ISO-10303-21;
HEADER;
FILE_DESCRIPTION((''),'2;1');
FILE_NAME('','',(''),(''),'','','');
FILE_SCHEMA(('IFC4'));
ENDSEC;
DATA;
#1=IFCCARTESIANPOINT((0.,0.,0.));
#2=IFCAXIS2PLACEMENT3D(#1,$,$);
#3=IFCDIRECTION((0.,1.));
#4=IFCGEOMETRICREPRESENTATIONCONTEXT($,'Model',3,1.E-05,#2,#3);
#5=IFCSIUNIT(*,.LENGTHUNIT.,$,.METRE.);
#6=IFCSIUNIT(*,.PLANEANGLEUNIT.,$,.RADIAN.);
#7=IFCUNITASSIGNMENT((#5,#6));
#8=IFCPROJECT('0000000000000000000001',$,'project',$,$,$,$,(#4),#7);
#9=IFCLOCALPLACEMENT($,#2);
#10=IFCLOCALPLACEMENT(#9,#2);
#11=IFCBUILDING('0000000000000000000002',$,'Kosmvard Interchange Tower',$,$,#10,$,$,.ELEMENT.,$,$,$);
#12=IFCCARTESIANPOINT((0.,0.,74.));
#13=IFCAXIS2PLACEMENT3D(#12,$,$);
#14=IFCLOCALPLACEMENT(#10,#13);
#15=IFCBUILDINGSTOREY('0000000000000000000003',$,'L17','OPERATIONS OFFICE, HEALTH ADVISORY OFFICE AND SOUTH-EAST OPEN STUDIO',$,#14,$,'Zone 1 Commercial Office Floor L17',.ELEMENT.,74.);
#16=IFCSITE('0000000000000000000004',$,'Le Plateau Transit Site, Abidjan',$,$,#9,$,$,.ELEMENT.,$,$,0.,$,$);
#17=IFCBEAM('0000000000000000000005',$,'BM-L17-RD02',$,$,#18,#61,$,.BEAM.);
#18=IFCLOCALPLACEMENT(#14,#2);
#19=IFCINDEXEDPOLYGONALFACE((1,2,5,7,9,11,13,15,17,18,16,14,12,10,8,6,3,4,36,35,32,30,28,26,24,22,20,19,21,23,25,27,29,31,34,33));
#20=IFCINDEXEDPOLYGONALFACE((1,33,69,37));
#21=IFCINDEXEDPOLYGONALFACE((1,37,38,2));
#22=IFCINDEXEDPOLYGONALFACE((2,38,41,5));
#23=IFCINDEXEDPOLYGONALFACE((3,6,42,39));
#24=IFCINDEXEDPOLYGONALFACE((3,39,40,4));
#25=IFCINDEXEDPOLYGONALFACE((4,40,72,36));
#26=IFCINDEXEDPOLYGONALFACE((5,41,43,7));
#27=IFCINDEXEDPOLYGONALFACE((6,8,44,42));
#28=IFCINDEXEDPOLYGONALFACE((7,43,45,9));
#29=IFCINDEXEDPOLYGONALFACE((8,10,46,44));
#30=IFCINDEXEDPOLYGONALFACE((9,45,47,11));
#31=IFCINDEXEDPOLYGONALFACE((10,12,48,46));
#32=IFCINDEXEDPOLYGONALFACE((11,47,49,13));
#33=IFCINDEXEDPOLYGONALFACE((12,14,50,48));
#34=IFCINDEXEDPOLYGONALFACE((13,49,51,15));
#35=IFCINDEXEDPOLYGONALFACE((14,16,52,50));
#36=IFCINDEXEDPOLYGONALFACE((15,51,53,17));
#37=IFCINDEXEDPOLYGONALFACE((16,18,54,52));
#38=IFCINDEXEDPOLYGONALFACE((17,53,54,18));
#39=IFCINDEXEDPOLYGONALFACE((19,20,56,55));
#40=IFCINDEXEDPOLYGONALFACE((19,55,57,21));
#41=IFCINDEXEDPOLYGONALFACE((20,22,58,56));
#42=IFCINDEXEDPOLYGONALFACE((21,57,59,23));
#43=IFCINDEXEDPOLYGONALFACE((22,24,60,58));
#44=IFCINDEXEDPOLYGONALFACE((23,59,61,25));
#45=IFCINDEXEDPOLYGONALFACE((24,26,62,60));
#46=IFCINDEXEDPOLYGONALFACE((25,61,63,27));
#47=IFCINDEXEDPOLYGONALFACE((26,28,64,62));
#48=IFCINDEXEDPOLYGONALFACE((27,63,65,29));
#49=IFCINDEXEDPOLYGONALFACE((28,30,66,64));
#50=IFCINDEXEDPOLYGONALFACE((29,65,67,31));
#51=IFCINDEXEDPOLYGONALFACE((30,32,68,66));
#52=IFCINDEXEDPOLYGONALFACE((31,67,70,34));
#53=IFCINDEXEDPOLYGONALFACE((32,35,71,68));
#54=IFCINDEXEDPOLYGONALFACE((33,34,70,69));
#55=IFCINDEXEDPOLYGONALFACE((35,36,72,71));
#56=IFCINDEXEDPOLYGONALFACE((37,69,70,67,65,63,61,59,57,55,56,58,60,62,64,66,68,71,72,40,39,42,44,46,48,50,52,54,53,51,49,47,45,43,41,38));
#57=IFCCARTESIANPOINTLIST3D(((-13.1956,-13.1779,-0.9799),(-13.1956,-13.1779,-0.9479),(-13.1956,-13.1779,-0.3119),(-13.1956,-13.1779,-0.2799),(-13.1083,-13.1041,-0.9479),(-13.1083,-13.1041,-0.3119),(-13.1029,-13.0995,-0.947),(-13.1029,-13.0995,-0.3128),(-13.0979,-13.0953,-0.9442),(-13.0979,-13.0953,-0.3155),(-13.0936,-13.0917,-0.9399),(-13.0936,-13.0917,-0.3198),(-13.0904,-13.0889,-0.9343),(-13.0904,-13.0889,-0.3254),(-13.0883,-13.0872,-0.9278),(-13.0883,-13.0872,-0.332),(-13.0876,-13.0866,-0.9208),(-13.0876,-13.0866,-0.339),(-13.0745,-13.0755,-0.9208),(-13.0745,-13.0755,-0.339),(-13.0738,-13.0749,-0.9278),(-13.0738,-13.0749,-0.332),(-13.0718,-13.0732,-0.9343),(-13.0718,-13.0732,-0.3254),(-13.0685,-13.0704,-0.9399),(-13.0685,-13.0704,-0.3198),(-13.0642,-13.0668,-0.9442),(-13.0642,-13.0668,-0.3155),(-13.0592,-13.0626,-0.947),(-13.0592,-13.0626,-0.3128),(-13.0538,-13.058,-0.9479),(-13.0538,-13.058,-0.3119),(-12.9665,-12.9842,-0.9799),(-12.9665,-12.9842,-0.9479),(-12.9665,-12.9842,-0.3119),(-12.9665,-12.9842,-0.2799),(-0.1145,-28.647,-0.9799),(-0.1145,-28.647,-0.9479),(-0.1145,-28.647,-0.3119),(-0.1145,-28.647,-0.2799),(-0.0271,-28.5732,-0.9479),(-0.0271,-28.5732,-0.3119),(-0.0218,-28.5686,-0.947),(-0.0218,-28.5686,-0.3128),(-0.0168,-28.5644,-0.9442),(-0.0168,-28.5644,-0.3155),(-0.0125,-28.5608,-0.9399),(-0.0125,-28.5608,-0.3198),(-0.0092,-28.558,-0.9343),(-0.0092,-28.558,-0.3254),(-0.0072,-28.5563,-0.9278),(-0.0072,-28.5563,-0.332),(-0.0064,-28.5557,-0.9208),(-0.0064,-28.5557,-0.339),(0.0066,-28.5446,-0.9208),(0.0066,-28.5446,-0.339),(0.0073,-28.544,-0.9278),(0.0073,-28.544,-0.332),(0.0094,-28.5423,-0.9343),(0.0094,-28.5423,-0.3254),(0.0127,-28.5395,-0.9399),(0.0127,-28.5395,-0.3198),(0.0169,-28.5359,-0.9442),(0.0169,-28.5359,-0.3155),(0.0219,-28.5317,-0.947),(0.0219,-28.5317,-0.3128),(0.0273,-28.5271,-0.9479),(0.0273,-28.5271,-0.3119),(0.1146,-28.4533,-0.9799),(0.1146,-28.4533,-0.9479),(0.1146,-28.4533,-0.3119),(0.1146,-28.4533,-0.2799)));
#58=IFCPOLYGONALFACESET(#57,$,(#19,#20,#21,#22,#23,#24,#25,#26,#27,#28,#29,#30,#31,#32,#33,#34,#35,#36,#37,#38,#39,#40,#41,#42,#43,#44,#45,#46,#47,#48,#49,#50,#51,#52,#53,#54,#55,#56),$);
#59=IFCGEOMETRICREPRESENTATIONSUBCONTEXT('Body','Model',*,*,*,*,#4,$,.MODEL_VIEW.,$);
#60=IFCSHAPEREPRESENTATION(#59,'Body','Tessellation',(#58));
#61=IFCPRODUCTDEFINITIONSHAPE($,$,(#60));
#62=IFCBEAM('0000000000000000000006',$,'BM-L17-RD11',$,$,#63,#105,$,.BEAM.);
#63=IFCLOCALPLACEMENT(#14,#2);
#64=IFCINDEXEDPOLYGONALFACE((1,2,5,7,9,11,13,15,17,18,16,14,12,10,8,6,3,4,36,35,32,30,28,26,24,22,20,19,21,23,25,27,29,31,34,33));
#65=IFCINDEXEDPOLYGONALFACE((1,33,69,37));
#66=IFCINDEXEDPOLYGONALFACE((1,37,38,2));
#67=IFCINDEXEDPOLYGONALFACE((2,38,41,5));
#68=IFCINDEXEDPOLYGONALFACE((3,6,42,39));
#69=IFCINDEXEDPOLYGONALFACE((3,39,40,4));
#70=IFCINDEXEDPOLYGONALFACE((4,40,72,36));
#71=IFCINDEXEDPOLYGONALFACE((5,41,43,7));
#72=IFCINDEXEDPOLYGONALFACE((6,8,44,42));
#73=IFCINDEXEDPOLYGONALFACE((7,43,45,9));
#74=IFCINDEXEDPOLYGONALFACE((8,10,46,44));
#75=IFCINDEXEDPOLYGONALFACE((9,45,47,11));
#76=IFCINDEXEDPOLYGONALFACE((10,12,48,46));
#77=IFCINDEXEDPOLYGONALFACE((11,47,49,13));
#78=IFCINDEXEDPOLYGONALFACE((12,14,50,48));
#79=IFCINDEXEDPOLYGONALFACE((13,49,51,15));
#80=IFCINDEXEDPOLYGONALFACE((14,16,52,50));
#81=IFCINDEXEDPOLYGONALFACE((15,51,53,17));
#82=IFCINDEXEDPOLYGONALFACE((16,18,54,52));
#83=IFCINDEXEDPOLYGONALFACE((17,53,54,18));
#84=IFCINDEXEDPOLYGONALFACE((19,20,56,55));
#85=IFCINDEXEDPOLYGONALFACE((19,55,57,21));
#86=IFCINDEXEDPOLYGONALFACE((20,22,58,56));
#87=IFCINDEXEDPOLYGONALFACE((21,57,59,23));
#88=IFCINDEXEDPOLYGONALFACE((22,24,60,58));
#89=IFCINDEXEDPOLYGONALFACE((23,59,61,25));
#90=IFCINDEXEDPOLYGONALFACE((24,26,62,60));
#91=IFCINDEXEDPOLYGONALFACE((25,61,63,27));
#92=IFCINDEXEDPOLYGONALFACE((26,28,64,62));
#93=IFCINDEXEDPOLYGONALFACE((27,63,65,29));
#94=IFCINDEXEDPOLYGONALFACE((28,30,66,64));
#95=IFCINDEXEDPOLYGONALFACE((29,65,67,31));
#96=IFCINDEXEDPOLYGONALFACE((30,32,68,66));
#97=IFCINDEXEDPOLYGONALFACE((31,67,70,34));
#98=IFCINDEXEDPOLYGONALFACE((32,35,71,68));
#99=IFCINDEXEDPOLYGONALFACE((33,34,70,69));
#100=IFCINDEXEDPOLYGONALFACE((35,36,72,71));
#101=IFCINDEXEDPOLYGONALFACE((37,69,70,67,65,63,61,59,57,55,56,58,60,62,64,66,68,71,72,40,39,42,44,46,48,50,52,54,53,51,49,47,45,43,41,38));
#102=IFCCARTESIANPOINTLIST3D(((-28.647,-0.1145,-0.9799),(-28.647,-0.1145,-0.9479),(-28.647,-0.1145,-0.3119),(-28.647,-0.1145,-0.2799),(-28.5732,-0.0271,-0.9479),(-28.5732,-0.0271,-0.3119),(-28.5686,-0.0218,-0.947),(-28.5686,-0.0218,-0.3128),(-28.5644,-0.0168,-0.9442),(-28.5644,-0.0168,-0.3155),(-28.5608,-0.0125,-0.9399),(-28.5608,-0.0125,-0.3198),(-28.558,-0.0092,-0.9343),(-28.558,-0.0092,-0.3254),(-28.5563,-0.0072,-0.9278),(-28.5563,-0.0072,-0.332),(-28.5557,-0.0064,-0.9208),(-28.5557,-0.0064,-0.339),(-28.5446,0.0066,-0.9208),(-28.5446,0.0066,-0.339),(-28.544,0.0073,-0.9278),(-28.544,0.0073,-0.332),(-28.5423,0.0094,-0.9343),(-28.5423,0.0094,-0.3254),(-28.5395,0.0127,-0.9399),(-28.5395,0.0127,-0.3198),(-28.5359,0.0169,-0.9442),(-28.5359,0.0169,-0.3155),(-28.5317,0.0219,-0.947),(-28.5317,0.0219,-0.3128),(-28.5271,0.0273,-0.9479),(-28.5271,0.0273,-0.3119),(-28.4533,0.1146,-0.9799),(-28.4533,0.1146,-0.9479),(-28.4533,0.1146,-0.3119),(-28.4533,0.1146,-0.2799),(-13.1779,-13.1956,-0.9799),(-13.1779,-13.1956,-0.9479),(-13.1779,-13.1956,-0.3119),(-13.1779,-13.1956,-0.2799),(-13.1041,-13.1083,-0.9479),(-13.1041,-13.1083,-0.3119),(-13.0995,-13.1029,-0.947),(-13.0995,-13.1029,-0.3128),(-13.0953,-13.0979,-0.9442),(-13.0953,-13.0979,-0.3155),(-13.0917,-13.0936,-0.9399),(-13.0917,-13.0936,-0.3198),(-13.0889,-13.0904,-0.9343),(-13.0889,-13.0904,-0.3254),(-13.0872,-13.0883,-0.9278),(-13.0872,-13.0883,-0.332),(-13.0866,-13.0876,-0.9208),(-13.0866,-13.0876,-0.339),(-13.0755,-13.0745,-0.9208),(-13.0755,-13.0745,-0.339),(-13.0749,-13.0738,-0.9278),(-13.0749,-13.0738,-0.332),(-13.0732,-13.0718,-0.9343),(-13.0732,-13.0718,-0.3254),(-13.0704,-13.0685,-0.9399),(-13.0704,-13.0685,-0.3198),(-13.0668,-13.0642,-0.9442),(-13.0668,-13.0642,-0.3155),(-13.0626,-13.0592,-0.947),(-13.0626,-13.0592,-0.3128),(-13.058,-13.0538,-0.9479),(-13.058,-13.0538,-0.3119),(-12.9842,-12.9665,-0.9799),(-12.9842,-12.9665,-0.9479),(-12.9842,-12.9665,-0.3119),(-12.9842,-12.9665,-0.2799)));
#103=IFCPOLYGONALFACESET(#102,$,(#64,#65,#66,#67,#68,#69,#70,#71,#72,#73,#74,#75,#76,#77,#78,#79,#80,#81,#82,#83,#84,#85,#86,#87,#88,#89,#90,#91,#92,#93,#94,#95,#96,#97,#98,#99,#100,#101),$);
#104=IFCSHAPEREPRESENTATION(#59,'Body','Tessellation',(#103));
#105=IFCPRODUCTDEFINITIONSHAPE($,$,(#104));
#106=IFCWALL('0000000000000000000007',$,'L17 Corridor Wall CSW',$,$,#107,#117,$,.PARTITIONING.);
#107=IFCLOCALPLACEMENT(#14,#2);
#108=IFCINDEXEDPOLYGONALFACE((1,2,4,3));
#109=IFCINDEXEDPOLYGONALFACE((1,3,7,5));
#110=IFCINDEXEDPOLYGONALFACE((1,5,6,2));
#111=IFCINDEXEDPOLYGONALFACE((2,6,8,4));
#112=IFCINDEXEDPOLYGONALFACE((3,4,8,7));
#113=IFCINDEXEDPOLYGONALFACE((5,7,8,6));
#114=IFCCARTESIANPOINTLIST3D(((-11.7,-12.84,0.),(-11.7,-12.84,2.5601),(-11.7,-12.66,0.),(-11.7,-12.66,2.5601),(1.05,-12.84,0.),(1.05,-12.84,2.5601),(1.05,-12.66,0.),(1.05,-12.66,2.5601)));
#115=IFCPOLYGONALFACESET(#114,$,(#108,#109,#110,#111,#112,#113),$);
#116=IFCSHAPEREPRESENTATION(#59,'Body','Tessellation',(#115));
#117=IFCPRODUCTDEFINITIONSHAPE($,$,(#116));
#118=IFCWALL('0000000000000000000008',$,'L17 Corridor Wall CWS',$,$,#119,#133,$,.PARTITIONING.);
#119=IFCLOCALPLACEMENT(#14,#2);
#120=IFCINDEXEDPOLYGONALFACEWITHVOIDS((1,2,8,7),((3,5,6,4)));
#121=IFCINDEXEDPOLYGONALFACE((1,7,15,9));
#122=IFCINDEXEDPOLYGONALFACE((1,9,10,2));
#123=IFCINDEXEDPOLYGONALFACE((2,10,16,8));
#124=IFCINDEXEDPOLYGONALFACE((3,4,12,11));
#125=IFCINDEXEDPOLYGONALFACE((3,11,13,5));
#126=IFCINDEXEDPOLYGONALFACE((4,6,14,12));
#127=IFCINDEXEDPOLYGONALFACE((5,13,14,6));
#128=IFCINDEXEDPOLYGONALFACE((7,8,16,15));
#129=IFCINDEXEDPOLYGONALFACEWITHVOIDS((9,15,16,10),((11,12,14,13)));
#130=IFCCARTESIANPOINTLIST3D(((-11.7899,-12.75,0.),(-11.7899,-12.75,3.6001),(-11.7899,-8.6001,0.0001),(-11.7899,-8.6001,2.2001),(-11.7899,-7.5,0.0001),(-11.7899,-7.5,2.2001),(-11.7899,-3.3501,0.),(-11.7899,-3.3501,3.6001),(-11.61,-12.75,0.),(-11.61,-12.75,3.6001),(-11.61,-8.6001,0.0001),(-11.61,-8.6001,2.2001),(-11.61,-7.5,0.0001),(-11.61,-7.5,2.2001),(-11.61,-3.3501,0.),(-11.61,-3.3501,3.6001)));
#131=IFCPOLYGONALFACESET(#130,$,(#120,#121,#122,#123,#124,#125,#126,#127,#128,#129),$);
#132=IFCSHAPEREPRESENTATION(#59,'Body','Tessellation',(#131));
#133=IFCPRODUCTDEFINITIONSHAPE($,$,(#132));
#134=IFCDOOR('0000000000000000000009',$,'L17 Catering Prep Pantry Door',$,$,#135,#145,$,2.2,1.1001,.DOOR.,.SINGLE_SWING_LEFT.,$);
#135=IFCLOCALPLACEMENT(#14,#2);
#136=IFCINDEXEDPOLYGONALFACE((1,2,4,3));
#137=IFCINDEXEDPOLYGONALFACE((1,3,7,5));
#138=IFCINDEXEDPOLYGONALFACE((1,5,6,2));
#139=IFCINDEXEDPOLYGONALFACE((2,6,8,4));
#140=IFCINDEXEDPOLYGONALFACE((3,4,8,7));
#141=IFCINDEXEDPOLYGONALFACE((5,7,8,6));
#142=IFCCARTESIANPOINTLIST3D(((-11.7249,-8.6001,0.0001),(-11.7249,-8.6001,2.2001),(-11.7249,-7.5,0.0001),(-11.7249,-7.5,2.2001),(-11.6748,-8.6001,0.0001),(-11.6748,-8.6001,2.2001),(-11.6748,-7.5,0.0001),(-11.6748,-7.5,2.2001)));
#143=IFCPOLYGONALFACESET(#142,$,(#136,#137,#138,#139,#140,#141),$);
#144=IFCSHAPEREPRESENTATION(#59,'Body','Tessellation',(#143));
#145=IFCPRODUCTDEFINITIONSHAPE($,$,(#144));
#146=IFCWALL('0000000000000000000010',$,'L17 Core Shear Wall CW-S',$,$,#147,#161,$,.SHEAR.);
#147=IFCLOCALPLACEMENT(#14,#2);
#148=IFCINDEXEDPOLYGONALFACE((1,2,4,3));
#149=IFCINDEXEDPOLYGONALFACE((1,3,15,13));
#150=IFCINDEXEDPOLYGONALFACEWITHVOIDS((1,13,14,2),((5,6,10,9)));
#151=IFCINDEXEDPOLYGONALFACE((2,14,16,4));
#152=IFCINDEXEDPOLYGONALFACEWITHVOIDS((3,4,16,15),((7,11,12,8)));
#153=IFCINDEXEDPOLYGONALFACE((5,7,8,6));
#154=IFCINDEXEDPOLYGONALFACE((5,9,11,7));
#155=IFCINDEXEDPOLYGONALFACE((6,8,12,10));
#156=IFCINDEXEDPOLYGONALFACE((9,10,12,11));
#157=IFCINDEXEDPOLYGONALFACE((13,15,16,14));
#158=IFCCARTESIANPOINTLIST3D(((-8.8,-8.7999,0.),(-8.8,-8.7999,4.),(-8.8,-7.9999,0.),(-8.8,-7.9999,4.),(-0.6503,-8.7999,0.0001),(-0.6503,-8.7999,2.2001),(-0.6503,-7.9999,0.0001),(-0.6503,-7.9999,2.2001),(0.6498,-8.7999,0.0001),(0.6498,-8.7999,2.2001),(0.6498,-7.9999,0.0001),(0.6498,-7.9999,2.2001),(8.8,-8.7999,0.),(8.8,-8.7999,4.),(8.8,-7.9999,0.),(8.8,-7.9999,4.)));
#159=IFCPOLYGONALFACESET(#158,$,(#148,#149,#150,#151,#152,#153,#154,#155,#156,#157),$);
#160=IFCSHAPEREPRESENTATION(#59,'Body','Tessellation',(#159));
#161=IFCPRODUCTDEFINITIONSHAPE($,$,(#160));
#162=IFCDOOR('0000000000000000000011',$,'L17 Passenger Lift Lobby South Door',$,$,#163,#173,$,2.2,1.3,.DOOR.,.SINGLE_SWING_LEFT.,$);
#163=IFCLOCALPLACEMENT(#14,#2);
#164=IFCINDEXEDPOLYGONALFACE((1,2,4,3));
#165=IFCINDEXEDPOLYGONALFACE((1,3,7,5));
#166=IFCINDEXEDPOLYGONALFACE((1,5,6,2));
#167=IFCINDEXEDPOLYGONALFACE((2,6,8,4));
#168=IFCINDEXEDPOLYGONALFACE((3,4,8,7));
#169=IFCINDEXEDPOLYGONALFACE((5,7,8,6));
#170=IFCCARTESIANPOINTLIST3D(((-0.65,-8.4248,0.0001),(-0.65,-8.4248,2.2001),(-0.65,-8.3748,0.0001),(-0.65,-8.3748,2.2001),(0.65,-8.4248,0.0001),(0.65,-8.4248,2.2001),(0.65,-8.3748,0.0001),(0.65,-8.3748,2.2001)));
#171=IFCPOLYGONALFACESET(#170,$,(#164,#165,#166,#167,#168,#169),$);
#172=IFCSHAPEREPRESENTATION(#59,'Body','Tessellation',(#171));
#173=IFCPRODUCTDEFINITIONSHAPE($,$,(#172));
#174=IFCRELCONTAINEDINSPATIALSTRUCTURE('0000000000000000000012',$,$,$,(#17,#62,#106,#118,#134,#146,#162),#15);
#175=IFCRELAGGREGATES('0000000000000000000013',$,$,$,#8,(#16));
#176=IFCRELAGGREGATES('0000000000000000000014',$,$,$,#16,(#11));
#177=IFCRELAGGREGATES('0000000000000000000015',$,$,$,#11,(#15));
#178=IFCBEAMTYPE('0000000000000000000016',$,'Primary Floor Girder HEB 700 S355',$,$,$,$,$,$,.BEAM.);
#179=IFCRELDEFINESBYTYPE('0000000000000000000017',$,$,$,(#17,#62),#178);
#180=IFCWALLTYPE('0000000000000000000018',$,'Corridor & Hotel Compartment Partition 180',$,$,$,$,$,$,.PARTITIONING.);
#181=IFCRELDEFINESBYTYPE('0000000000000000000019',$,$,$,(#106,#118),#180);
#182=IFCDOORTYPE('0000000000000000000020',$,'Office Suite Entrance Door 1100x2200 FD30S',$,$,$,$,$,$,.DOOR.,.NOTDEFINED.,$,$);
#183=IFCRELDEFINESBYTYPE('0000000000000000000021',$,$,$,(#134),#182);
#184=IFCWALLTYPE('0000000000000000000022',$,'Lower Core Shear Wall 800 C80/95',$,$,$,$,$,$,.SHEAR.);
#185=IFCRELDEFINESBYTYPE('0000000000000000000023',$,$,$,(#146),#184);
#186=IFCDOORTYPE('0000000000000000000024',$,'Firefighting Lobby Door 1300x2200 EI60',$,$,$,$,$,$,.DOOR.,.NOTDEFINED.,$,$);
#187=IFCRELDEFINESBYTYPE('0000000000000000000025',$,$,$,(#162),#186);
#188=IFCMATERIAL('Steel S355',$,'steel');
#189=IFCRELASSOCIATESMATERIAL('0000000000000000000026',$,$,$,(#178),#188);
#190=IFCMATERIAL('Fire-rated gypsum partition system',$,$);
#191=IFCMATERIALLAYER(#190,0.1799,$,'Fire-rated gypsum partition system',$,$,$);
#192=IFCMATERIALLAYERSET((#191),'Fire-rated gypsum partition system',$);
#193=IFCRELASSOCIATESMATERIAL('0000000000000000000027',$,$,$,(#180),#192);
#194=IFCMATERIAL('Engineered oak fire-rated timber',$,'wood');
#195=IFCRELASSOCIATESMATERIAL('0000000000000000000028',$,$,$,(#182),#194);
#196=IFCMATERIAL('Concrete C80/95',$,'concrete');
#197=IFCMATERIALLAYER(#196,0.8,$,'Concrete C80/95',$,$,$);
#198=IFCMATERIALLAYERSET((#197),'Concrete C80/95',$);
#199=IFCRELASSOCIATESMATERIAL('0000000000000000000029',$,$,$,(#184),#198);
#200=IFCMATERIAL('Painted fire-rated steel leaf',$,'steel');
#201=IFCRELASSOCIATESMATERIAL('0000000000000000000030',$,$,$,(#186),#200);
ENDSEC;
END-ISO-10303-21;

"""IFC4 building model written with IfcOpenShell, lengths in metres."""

from ifc_helpers import new_model, si_unit, direction, frame, frame_2d, origin, origin_2d, place, context, subcontext, project, spatial, rectangle, i_section, extrude, source, transform, mapped, material, layer, layer_set, material_profile, profile_set, type_object, element, fill, save


model = new_model("IFC4")

# Units and contexts
model_context = context("Model", 3, precision=1e-05, world=origin(), true_north=direction((0.0, 1.0)))
body_context = subcontext(model_context, "Body", "Model", "MODEL_VIEW")
ifc_project = project(units=[si_unit("LENGTHUNIT", "METRE"), si_unit("PLANEANGLEUNIT", "RADIAN")], contexts=[model_context])

# Site, building, storey
site_placement = place(None, origin())
site = spatial("IfcSite", under=ifc_project, at=site_placement, Name="Le Plateau Transit Site, Abidjan", CompositionType="ELEMENT", RefElevation=0.0)
building_placement = place(site_placement, origin())
building = spatial("IfcBuilding", under=site, at=building_placement, Name="Kosmvard Interchange Tower", CompositionType="ELEMENT")
storey_placement = place(building_placement, frame((0.0, 0.0, 74.0)))
storey = spatial("IfcBuildingStorey", under=building, at=storey_placement, Name="L17", Description="OPERATIONS OFFICE, HEALTH ADVISORY OFFICE AND SOUTH-EAST OPEN STUDIO", LongName="Zone 1 Commercial Office Floor L17", CompositionType="ELEMENT", Elevation=74.0)

# Shared definitions
ifc_material_1 = material(Name="Concrete C80/95", Category="concrete")

# Beams
ifc_material_2 = material(Name="Steel S355", Category="steel")
ifc_material_profile_1 = material_profile(ifc_material_2, i_section(OverallWidth=0.3, OverallDepth=0.7, WebThickness=0.0171, FlangeThickness=0.032, FilletRadius=0.0271, at=origin_2d()), Name="HEB 700")
ifc_profile_set_1 = profile_set([ifc_material_profile_1], Name="Steel S355")
beam_type_1 = type_object("IfcBeamType", Name="Primary Floor Girder HEB 700 S355", PredefinedType="BEAM", material=ifc_profile_set_1)
shared_shape_1 = source(origin(), body_context, "Body", "SweptSolid", [
    extrude(i_section(OverallWidth=0.3, OverallDepth=0.7, WebThickness=0.0171, FlangeThickness=0.032, FilletRadius=0.0271, at=origin_2d()), origin(), (0.0, 0.0, 1.0), 20.2585),
])
for number, where, z_axis, x_axis, name in (
    (1, (-13.0811, -13.0811, -0.6299), (0.645709, -0.763583, 0.0), (0.763583, 0.645709, 0.0), "BM-L17-RD02"),
    (2, (-13.0811, -13.0811, -0.6299), (-0.763583, 0.645709, 0.0), (-0.645709, -0.763583, 0.0), "BM-L17-RD11"),
):
    element("IfcBeam", number, at=place(storey_placement, frame(where, z_axis=z_axis, x_axis=x_axis)), inside=storey, type_object=beam_type_1, Name=name, PredefinedType="BEAM", context=body_context, shape_type="MappedRepresentation", body=[
        mapped(shared_shape_1, transform((0.0, 0.0, 0.0), scale=1.0)),
    ])

# Wall
ifc_material_3 = material(Name="Fire-rated gypsum partition system")
ifc_layer_1 = layer(ifc_material_3, 0.1799, Name="Fire-rated gypsum partition system")
ifc_layer_set_1 = layer_set([ifc_layer_1], Name="Fire-rated gypsum partition system")
wall_type_1 = type_object("IfcWallType", Name="Corridor & Hotel Compartment Partition 180", PredefinedType="PARTITIONING", material=ifc_layer_set_1)
wall_1_placement = place(storey_placement, frame((-11.7, -12.75, 0.0), z_axis=(0.0, 0.0, 1.0), x_axis=(1.0, 0.0, 0.0)))
element("IfcWall", 3, at=wall_1_placement, inside=storey, type_object=wall_type_1, Name="L17 Corridor Wall CSW", PredefinedType="PARTITIONING", context=body_context, shape_type="SweptSolid", body=[
    extrude(rectangle(XDim=12.75, YDim=0.1799, at=frame_2d((6.375, 0.0))), origin(), (0.0, 0.0, 1.0), 2.5601),
])

# Walls, openings, doors
wall_2_placement = place(storey_placement, frame((-11.7, -12.75, 0.0), z_axis=(0.0, 0.0, 1.0), x_axis=(0.0, 1.0, 0.0)))
wall_2 = element("IfcWall", 4, at=wall_2_placement, inside=storey, type_object=wall_type_1, Name="L17 Corridor Wall CWS", PredefinedType="PARTITIONING", context=body_context, shape_type="SweptSolid", body=[
    extrude(rectangle(XDim=9.3999, YDim=0.1799, at=frame_2d((4.7, 0.0))), origin(), (0.0, 0.0, 1.0), 3.6001),
])
opening_1_placement = place(wall_2_placement, frame((4.1499, 0.0, 0.0)))
opening_1 = element("IfcOpeningElement", 5, at=opening_1_placement, cuts=wall_2, PredefinedType="OPENING", context=body_context, shape_type="SweptSolid", body=[
    extrude(rectangle(XDim=1.1001, YDim=2.2, at=frame_2d((0.55, 1.1001))), frame((0.0, 0.1001, 0.0), z_axis=(0.0, -1.0, 0.0), x_axis=(1.0, 0.0, 0.0)), (0.0, 0.0, 1.0), 0.2),
])
ifc_material_4 = material(Name="Engineered oak fire-rated timber", Category="wood")
door_type_1 = type_object("IfcDoorType", Name="Office Suite Entrance Door 1100x2200 FD30S", OperationType="NOTDEFINED", PredefinedType="DOOR", material=ifc_material_4)
shared_shape_2 = source(origin(), body_context, "Body", "SweptSolid", [
    extrude(rectangle(XDim=1.1001, YDim=2.2, at=frame_2d((0.55, 1.1001))), frame((0.0, 0.0249, 0.0), z_axis=(0.0, -1.0, 0.0), x_axis=(1.0, 0.0, 0.0)), (0.0, 0.0, 1.0), 0.05),
])
door_1_placement = place(opening_1_placement, origin())
door_1 = element("IfcDoor", 6, at=door_1_placement, inside=storey, type_object=door_type_1, Name="L17 Catering Prep Pantry Door", OperationType="SINGLE_SWING_LEFT", OverallHeight=2.2, OverallWidth=1.1001, PredefinedType="DOOR", context=body_context, shape_type="MappedRepresentation", body=[
    mapped(shared_shape_2, transform((0.0, 0.0, 0.0), scale=1.0)),
])
fill(opening_1, door_1)
ifc_layer_2 = layer(ifc_material_1, 0.8, Name="Concrete C80/95")
ifc_layer_set_2 = layer_set([ifc_layer_2], Name="Concrete C80/95")
wall_type_2 = type_object("IfcWallType", Name="Lower Core Shear Wall 800 C80/95", PredefinedType="SHEAR", material=ifc_layer_set_2)
wall_3_placement = place(storey_placement, frame((-8.8, -8.3999, 0.0), z_axis=(0.0, 0.0, 1.0), x_axis=(1.0, 0.0, 0.0)))
wall_3 = element("IfcWall", 7, at=wall_3_placement, inside=storey, type_object=wall_type_2, Name="L17 Core Shear Wall CW-S", PredefinedType="SHEAR", context=body_context, shape_type="SweptSolid", body=[
    extrude(rectangle(XDim=17.6001, YDim=0.8, at=frame_2d((8.8, 0.0))), origin(), (0.0, 0.0, 1.0), 4.0),
])
opening_2_placement = place(wall_3_placement, frame((8.1499, 0.0, 0.0)))
opening_2 = element("IfcOpeningElement", 8, at=opening_2_placement, cuts=wall_3, PredefinedType="OPENING", context=body_context, shape_type="SweptSolid", body=[
    extrude(rectangle(XDim=1.3, YDim=2.2, at=frame_2d((0.6499, 1.1001))), frame((0.0, 0.4102, 0.0), z_axis=(0.0, -1.0, 0.0), x_axis=(1.0, 0.0, 0.0)), (0.0, 0.0, 1.0), 0.8201),
])
ifc_material_5 = material(Name="Painted fire-rated steel leaf", Category="steel")
door_type_2 = type_object("IfcDoorType", Name="Firefighting Lobby Door 1300x2200 EI60", OperationType="NOTDEFINED", PredefinedType="DOOR", material=ifc_material_5)
shared_shape_3 = source(origin(), body_context, "Body", "SweptSolid", [
    extrude(rectangle(XDim=1.3, YDim=2.2, at=frame_2d((0.6499, 1.1001))), frame((0.0, 0.0249, 0.0), z_axis=(0.0, -1.0, 0.0), x_axis=(1.0, 0.0, 0.0)), (0.0, 0.0, 1.0), 0.05),
])
door_2_placement = place(opening_2_placement, frame((1.3, 0.0, 0.0), z_axis=(0.0, 0.0, 1.0), x_axis=(-1.0, 0.0, 0.0)))
door_2 = element("IfcDoor", 9, at=door_2_placement, inside=storey, type_object=door_type_2, Name="L17 Passenger Lift Lobby South Door", OperationType="SINGLE_SWING_LEFT", OverallHeight=2.2, OverallWidth=1.3, PredefinedType="DOOR", context=body_context, shape_type="MappedRepresentation", body=[
    mapped(shared_shape_3, transform((0.0, 0.0, 0.0), scale=1.0)),
])
fill(opening_2, door_2)

save(model, "model.ifc")
